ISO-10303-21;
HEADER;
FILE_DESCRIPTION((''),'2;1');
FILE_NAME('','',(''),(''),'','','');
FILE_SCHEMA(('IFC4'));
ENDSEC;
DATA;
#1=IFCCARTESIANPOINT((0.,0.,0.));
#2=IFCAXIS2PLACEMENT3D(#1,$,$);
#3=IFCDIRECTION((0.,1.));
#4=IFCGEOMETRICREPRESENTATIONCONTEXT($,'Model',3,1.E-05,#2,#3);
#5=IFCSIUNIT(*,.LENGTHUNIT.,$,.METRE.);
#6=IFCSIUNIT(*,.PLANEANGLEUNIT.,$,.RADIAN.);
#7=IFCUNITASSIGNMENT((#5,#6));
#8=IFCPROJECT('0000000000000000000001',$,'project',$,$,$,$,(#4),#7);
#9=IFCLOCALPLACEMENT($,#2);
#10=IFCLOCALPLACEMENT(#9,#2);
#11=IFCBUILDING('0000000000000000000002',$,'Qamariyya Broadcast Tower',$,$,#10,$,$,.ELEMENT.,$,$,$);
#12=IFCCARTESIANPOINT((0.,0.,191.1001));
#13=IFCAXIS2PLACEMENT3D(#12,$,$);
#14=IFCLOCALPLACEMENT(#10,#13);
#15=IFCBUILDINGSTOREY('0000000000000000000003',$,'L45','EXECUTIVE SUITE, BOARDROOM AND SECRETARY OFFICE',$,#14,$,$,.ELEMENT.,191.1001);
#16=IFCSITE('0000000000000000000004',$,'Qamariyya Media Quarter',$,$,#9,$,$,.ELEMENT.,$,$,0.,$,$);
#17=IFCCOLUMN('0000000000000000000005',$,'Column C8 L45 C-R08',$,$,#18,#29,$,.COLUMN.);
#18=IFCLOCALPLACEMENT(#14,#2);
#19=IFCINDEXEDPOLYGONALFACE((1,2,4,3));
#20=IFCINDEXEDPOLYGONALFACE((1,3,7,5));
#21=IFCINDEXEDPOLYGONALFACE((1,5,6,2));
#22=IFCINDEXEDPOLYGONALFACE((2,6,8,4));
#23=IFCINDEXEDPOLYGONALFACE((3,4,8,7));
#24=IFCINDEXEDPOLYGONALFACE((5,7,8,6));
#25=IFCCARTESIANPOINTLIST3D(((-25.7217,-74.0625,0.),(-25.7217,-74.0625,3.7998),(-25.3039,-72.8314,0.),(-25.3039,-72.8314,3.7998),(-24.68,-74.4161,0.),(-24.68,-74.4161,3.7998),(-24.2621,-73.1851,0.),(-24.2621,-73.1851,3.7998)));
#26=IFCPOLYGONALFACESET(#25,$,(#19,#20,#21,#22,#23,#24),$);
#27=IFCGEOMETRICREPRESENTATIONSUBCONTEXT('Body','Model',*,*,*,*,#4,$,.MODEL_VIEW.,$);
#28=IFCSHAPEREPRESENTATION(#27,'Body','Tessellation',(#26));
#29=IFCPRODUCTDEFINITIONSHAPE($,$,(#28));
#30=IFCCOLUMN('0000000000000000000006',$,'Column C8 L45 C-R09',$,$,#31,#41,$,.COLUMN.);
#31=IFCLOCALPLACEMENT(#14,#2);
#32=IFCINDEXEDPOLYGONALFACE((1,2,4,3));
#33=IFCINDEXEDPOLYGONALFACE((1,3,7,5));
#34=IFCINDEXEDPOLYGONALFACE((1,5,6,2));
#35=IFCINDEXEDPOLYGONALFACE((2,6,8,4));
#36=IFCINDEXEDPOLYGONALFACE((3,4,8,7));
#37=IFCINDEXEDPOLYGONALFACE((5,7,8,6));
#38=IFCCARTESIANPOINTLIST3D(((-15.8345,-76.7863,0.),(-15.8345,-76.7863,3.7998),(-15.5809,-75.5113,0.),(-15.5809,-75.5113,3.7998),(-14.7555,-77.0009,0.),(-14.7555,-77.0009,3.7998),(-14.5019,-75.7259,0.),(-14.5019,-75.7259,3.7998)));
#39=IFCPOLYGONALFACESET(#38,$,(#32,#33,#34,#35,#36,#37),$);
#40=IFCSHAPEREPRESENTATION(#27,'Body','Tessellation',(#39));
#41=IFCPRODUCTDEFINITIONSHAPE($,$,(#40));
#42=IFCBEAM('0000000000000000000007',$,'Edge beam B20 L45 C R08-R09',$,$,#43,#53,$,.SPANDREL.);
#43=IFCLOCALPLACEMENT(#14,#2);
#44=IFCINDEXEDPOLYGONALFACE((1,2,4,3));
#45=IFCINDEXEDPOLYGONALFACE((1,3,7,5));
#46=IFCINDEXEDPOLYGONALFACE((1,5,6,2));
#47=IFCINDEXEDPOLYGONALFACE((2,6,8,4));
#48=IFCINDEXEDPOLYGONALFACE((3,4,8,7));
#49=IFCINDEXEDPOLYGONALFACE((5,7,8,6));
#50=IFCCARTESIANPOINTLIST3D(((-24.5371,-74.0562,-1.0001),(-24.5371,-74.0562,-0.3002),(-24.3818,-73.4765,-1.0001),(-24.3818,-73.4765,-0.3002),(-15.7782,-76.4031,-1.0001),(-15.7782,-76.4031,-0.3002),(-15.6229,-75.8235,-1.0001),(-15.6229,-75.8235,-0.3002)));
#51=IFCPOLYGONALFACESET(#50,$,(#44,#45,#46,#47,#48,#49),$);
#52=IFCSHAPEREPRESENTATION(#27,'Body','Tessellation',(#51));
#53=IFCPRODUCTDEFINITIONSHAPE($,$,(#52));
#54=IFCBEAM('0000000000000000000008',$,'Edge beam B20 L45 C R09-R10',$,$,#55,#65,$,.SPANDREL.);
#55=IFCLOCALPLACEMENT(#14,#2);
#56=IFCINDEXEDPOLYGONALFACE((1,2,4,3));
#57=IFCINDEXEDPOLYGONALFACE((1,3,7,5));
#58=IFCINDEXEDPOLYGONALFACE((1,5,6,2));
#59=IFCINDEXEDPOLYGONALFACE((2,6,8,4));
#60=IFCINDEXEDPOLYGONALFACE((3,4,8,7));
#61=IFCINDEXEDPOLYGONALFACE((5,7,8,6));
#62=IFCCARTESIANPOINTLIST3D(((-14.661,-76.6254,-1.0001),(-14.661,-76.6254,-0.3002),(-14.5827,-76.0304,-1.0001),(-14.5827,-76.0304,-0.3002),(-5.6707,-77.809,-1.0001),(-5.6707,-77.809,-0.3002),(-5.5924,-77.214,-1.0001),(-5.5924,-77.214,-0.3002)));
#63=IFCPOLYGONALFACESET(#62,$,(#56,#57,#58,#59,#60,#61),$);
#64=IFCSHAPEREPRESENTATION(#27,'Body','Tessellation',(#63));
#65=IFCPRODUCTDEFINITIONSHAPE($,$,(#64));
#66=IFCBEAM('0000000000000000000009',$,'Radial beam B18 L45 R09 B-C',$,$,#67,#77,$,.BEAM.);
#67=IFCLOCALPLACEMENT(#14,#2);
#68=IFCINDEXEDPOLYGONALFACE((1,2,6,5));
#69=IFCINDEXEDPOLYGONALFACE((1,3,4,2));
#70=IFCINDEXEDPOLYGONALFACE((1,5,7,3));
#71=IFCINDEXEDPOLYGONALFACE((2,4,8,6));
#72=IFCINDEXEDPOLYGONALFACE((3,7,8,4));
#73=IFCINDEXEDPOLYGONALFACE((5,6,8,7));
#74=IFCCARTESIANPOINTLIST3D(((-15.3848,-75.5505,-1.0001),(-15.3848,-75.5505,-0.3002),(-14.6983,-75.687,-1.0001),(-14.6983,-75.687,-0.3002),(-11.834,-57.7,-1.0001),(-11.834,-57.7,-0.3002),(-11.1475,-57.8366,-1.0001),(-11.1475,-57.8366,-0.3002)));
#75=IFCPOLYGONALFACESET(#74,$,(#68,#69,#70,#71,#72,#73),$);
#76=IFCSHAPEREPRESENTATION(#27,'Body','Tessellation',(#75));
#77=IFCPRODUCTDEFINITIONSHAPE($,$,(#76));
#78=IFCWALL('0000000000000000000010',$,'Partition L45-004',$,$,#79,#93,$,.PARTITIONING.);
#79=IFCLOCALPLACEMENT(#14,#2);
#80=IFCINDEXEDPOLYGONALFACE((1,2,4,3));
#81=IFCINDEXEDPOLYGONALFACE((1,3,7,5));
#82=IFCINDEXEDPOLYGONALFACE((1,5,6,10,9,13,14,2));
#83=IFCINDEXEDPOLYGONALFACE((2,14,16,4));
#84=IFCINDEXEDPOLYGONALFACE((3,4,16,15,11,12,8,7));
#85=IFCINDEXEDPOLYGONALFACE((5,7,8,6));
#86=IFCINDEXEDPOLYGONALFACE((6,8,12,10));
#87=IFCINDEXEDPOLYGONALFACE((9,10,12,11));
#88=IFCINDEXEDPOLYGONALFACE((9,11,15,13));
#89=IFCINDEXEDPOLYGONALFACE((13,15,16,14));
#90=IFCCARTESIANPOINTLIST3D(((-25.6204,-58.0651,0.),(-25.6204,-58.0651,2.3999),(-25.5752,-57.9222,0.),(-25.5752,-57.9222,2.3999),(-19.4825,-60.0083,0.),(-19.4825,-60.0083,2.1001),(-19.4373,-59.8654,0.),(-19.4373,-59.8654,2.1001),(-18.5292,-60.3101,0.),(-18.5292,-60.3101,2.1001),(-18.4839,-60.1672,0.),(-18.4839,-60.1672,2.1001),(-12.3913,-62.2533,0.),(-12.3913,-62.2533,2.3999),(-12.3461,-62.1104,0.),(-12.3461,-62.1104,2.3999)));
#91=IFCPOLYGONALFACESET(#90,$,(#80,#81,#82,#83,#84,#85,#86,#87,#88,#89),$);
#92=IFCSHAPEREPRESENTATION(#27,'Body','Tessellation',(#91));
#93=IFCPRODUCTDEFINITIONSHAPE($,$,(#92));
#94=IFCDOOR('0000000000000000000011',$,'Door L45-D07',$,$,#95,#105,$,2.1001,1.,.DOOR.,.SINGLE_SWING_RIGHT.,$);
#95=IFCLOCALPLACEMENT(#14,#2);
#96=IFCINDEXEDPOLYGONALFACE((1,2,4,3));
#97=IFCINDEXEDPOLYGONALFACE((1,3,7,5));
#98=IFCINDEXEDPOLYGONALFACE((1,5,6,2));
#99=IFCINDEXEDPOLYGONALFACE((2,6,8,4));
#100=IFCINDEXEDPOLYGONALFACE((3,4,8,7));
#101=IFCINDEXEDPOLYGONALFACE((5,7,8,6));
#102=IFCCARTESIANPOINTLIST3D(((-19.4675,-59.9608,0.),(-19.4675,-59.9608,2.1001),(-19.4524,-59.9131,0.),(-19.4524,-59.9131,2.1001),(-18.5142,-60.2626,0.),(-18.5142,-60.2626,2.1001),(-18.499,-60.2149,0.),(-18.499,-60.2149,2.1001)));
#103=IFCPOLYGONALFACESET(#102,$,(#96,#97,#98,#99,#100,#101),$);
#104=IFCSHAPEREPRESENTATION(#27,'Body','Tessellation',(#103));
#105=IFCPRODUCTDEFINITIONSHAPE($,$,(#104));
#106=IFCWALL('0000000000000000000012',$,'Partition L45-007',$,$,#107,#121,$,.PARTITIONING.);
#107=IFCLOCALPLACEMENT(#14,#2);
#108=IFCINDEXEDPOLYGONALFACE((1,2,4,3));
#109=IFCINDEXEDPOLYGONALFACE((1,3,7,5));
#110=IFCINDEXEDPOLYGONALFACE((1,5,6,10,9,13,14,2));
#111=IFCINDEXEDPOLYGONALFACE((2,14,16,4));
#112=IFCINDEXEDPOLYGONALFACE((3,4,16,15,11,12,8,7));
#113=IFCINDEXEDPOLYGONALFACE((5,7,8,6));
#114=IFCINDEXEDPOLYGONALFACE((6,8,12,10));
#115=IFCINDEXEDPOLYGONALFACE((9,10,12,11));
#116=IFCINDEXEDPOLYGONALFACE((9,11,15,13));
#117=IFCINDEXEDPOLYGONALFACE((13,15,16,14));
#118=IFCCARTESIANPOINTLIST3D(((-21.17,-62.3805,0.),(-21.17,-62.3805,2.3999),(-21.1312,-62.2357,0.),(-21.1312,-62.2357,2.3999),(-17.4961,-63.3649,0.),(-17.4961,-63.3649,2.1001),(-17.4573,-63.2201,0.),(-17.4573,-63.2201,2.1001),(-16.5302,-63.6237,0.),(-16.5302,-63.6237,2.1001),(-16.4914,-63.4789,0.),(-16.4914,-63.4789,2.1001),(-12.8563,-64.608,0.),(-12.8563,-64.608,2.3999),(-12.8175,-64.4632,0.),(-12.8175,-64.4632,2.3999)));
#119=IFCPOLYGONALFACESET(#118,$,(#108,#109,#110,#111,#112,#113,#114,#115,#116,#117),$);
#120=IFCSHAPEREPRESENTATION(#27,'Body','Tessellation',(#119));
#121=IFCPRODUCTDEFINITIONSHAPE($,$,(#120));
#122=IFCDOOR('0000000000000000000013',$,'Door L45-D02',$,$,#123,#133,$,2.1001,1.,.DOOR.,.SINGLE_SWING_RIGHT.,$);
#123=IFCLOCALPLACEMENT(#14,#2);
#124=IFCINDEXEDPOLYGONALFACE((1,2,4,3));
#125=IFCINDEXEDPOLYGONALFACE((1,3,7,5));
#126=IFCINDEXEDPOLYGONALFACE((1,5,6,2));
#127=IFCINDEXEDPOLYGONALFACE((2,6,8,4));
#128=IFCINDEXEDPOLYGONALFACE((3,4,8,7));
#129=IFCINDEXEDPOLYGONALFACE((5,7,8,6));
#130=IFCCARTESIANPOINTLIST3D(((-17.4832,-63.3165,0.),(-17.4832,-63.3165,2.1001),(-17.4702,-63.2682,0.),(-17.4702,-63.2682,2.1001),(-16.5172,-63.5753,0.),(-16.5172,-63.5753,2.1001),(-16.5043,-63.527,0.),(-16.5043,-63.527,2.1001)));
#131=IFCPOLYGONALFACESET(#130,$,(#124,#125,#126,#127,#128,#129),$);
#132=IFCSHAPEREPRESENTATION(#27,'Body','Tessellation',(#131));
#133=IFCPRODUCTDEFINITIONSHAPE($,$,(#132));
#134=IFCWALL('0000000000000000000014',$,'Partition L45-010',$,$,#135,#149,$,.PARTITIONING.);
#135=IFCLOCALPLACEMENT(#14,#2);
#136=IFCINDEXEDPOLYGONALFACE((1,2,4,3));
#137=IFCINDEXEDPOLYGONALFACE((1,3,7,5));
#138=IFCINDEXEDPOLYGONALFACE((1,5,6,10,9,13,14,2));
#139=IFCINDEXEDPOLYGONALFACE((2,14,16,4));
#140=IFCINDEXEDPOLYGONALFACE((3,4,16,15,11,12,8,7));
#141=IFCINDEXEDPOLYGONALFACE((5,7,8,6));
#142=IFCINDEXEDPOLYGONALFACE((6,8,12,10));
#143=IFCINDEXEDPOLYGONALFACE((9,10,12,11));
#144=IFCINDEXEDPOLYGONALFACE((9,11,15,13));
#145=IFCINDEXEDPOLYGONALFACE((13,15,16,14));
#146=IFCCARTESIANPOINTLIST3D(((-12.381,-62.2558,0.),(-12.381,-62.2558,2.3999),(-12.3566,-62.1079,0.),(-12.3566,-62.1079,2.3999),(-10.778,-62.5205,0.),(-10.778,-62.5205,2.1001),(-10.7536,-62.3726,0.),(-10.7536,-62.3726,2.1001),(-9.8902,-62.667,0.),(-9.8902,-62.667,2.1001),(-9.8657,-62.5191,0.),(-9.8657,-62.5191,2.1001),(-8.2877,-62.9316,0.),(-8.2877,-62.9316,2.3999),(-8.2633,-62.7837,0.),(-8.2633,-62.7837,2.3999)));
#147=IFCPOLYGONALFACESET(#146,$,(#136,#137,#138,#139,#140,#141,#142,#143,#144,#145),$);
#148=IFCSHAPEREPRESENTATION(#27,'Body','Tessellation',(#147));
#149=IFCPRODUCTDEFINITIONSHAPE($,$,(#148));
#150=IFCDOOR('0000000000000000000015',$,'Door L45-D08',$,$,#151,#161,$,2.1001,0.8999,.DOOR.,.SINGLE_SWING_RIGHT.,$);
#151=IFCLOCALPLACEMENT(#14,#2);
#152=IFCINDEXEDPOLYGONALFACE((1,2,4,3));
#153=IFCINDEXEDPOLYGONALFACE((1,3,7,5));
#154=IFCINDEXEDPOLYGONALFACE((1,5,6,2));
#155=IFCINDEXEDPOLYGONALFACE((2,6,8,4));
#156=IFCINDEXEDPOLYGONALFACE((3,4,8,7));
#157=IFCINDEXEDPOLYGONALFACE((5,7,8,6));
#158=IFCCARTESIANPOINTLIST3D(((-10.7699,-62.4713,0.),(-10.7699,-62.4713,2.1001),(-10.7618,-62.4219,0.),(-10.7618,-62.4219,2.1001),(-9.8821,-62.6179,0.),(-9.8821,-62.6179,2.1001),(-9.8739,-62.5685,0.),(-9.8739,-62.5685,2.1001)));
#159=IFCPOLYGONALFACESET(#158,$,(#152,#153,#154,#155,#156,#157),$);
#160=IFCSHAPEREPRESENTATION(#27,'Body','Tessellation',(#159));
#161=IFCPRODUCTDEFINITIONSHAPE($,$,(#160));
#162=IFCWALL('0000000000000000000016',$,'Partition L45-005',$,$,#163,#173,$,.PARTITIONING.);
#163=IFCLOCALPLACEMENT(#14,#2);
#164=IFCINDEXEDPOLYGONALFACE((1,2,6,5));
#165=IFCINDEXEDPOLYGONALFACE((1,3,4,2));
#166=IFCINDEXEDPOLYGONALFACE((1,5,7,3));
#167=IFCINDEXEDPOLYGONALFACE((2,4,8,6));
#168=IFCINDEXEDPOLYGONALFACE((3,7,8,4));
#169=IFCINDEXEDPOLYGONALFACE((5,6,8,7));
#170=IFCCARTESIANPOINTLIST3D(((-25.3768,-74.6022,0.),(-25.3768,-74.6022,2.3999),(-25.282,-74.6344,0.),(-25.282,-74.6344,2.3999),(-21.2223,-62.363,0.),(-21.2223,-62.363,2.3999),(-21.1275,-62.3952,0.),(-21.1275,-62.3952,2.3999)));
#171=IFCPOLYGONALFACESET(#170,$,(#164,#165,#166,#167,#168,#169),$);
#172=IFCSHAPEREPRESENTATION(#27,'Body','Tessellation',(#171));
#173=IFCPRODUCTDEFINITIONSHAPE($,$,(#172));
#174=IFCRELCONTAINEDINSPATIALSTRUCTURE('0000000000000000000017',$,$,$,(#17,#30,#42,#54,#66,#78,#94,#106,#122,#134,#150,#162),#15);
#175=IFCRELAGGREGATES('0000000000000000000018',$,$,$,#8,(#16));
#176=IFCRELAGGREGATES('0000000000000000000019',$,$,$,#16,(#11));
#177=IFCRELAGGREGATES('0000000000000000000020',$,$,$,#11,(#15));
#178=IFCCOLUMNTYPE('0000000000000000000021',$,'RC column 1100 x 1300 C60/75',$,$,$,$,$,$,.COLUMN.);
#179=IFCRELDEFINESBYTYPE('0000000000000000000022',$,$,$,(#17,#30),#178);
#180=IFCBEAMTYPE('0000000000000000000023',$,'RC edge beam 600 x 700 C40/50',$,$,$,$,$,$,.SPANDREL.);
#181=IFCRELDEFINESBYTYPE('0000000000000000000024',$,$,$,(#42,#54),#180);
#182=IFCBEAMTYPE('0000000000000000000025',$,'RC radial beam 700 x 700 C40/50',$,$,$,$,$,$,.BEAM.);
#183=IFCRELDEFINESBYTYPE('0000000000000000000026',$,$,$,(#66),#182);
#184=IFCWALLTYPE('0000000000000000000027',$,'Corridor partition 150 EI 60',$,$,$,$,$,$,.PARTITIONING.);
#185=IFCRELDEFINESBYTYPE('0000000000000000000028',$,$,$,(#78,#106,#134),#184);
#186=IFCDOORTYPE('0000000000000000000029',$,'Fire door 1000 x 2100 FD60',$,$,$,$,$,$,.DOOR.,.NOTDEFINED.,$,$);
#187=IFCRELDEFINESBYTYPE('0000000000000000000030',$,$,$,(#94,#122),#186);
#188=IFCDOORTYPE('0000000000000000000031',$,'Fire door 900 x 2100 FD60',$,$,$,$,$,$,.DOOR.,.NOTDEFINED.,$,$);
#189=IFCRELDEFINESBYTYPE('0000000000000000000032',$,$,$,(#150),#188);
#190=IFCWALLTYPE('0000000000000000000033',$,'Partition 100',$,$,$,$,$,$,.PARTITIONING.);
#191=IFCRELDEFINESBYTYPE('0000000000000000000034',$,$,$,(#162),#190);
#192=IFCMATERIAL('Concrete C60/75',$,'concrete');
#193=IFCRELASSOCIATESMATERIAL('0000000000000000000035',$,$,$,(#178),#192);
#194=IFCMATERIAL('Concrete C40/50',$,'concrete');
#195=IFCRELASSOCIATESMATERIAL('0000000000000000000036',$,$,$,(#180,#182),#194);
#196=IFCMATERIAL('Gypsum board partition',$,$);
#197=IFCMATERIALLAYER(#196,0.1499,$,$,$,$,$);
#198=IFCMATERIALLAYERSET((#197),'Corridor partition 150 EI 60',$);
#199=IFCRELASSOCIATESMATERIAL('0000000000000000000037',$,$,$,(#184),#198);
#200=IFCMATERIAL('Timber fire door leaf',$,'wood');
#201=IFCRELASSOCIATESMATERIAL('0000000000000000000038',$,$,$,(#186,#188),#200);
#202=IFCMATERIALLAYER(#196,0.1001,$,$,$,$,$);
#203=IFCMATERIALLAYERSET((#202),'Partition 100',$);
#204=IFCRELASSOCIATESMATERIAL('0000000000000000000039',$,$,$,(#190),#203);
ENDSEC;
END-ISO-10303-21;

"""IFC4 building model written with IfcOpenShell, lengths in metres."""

from ifc_helpers import new_model, si_unit, direction, frame, frame_2d, origin, origin_2d, place, context, subcontext, project, spatial, rectangle, extrude, material, layer, layer_set, material_profile, profile_set, type_object, element, fill, save


model = new_model("IFC4")

# Units and contexts
model_context = context("Model", 3, precision=1e-05, world=origin(), true_north=direction((0.0, 1.0)))
body_context = subcontext(model_context, "Body", "Model", "MODEL_VIEW")
ifc_project = project(units=[si_unit("LENGTHUNIT", "METRE"), si_unit("PLANEANGLEUNIT", "RADIAN")], contexts=[model_context])

# Site, building, storey
site_placement = place(None, origin())
site = spatial("IfcSite", under=ifc_project, at=site_placement, Name="Qamariyya Media Quarter", CompositionType="ELEMENT", RefElevation=0.0)
building_placement = place(site_placement, origin())
building = spatial("IfcBuilding", under=site, at=building_placement, Name="Qamariyya Broadcast Tower", CompositionType="ELEMENT")
storey_placement = place(building_placement, frame((0.0, 0.0, 191.1001)))
storey = spatial("IfcBuildingStorey", under=building, at=storey_placement, Name="L45", Description="EXECUTIVE SUITE, BOARDROOM AND SECRETARY OFFICE", CompositionType="ELEMENT", Elevation=191.1001)

# Columns
ifc_material_1 = material(Name="Concrete C60/75", Category="concrete")
ifc_material_profile_1 = material_profile(ifc_material_1, rectangle(XDim=1.1001, YDim=1.3, at=origin_2d()))
ifc_profile_set_1 = profile_set([ifc_material_profile_1], Name="Concrete C60/75")
column_type = type_object("IfcColumnType", Name="RC column 1100 x 1300 C60/75", PredefinedType="COLUMN", material=ifc_profile_set_1)
for number, where, z_axis, x_axis, name in (
    (1, (-24.9919, -73.6238, 0.0), (0.0, 0.0, 1.0), (0.94693, -0.321439, 0.0), "Column C8 L45 C-R08"),
    (2, (-15.1682, -76.2561, 0.0), (0.0, 0.0, 1.0), (0.980785, -0.19509, 0.0), "Column C8 L45 C-R09"),
):
    element("IfcColumn", number, at=place(storey_placement, frame(where, z_axis=z_axis, x_axis=x_axis)), inside=storey, type_object=column_type, Name=name, PredefinedType="COLUMN", context=body_context, shape_type="SweptSolid", body=[
        extrude(rectangle(XDim=1.1001, YDim=1.3, at=origin_2d()), origin(), (0.0, 0.0, 1.0), 3.7998),
    ])

# Beams
ifc_material_2 = material(Name="Concrete C40/50", Category="concrete")
ifc_material_profile_2 = material_profile(ifc_material_2, rectangle(XDim=0.6001, YDim=0.7, at=origin_2d()))
ifc_profile_set_2 = profile_set([ifc_material_profile_2], Name="Concrete C40/50")
beam_type_1 = type_object("IfcBeamType", Name="RC edge beam 600 x 700 C40/50", PredefinedType="SPANDREL", material=ifc_profile_set_2)
for number, where, z_axis, x_axis, name in (
    (3, (-24.4595, -73.7664, -0.6501), (0.965925, -0.25882, 0.0), (0.25882, 0.965925, 0.0), "Edge beam B20 L45 C R08-R09"),
    (4, (-14.6218, -76.3279, -0.6501), (0.991445, -0.130527, 0.0), (0.130527, 0.991445, 0.0), "Edge beam B20 L45 C R09-R10"),
):
    element("IfcBeam", number, at=place(storey_placement, frame(where, z_axis=z_axis, x_axis=x_axis)), inside=storey, type_object=beam_type_1, Name=name, PredefinedType="SPANDREL", context=body_context, shape_type="SweptSolid", body=[
        extrude(rectangle(XDim=0.6001, YDim=0.7, at=origin_2d()), origin(), (0.0, 0.0, 1.0), 9.0679),
    ])
ifc_material_profile_3 = material_profile(ifc_material_2, rectangle(XDim=0.7, YDim=0.7, at=origin_2d()))
ifc_profile_set_3 = profile_set([ifc_material_profile_3], Name="Concrete C40/50")
beam_type_2 = type_object("IfcBeamType", Name="RC radial beam 700 x 700 C40/50", PredefinedType="BEAM", material=ifc_profile_set_3)
beam_placement = place(storey_placement, frame((-11.4907, -57.7683, -0.6501), z_axis=(-0.195097, -0.980784, 0.0), x_axis=(0.980784, -0.195097, 0.0)))
element("IfcBeam", 5, at=beam_placement, inside=storey, type_object=beam_type_2, Name="Radial beam B18 L45 R09 B-C", PredefinedType="BEAM", context=body_context, shape_type="SweptSolid", body=[
    extrude(rectangle(XDim=0.7, YDim=0.7, at=origin_2d()), origin(), (0.0, 0.0, 1.0), 18.2002),
])

# Walls, openings, doors
ifc_material_3 = material(Name="Gypsum board partition")
ifc_layer_1 = layer(ifc_material_3, 0.1499)
ifc_layer_set_1 = layer_set([ifc_layer_1], Name="Corridor partition 150 EI 60")
wall_type_1 = type_object("IfcWallType", Name="Corridor partition 150 EI 60", PredefinedType="PARTITIONING", material=ifc_layer_set_1)
wall_1_placement = place(storey_placement, frame((-25.5977, -57.9937, 0.0), z_axis=(0.0, 0.0, 1.0), x_axis=(0.953362, -0.301829, 0.0)))
wall_1 = element("IfcWall", 6, at=wall_1_placement, inside=storey, type_object=wall_type_1, Name="Partition L45-004", PredefinedType="PARTITIONING", context=body_context, shape_type="SweptSolid", body=[
    extrude(rectangle(XDim=13.8762, YDim=0.1499, at=frame_2d((6.938, 0.0))), origin(), (0.0, 0.0, 1.0), 2.3999),
])
opening_1_placement = place(wall_1_placement, frame((6.438, 0.0, 0.0)))
opening_1 = element("IfcOpeningElement", 7, at=opening_1_placement, cuts=wall_1, PredefinedType="OPENING", context=body_context, shape_type="SweptSolid", body=[
    extrude(rectangle(XDim=1.0, YDim=2.1001, at=frame_2d((0.5, 1.05))), frame((0.0, 0.085, 0.0), z_axis=(0.0, -1.0, 0.0), x_axis=(1.0, 0.0, 0.0)), (0.0, 0.0, 1.0), 0.1699),
])
ifc_material_4 = material(Name="Timber fire door leaf", Category="wood")
door_type_1 = type_object("IfcDoorType", Name="Fire door 1000 x 2100 FD60", OperationType="NOTDEFINED", PredefinedType="DOOR", material=ifc_material_4)
door_1_placement = place(opening_1_placement, origin())
door_1 = element("IfcDoor", 8, at=door_1_placement, inside=storey, type_object=door_type_1, Name="Door L45-D07", OperationType="SINGLE_SWING_RIGHT", OverallHeight=2.1001, OverallWidth=1.0, PredefinedType="DOOR", context=body_context, shape_type="SweptSolid", body=[
    extrude(rectangle(XDim=1.0, YDim=2.1001, at=frame_2d((0.5, 1.05))), frame((0.0, 0.0249, 0.0), z_axis=(0.0, -1.0, 0.0), x_axis=(1.0, 0.0, 0.0)), (0.0, 0.0, 1.0), 0.05),
])
fill(opening_1, door_1)
wall_2_placement = place(storey_placement, frame((-12.8369, -64.5356, 0.0), z_axis=(0.0, 0.0, 1.0), x_axis=(-0.965929, 0.258807, 0.0)))
wall_2 = element("IfcWall", 9, at=wall_2_placement, inside=storey, type_object=wall_type_1, Name="Partition L45-007", PredefinedType="PARTITIONING", context=body_context, shape_type="SweptSolid", body=[
    extrude(rectangle(XDim=8.6069, YDim=0.1499, at=frame_2d((4.3035, 0.0))), origin(), (0.0, 0.0, 1.0), 2.3999),
])
opening_2_placement = place(wall_2_placement, frame((3.8035, 0.0, 0.0)))
opening_2 = element("IfcOpeningElement", 10, at=opening_2_placement, cuts=wall_2, PredefinedType="OPENING", context=body_context, shape_type="SweptSolid", body=[
    extrude(rectangle(XDim=1.0, YDim=2.1001, at=frame_2d((0.5, 1.05))), frame((0.0, 0.085, 0.0), z_axis=(0.0, -1.0, 0.0), x_axis=(1.0, 0.0, 0.0)), (0.0, 0.0, 1.0), 0.1699),
])
door_2_placement = place(opening_2_placement, origin())
door_2 = element("IfcDoor", 11, at=door_2_placement, inside=storey, type_object=door_type_1, Name="Door L45-D02", OperationType="SINGLE_SWING_RIGHT", OverallHeight=2.1001, OverallWidth=1.0, PredefinedType="DOOR", context=body_context, shape_type="SweptSolid", body=[
    extrude(rectangle(XDim=1.0, YDim=2.1001, at=frame_2d((0.5, 1.05))), frame((0.0, 0.0249, 0.0), z_axis=(0.0, -1.0, 0.0), x_axis=(1.0, 0.0, 0.0)), (0.0, 0.0, 1.0), 0.05),
])
fill(opening_2, door_2)
wall_3_placement = place(storey_placement, frame((-12.3687, -62.1819, 0.0), z_axis=(0.0, 0.0, 1.0), x_axis=(0.986644, -0.162891, 0.0)))
wall_3 = element("IfcWall", 12, at=wall_3_placement, inside=storey, type_object=wall_type_1, Name="Partition L45-010", PredefinedType="PARTITIONING", context=body_context, shape_type="SweptSolid", body=[
    extrude(rectangle(XDim=4.1487, YDim=0.1499, at=frame_2d((2.0742, 0.0))), origin(), (0.0, 0.0, 1.0), 2.3999),
])
opening_3_placement = place(wall_3_placement, frame((1.6245, 0.0, 0.0)))
opening_3 = element("IfcOpeningElement", 13, at=opening_3_placement, cuts=wall_3, PredefinedType="OPENING", context=body_context, shape_type="SweptSolid", body=[
    extrude(rectangle(XDim=0.8999, YDim=2.1001, at=frame_2d((0.45, 1.05))), frame((0.0, 0.085, 0.0), z_axis=(0.0, -1.0, 0.0), x_axis=(1.0, 0.0, 0.0)), (0.0, 0.0, 1.0), 0.1699),
])
door_type_2 = type_object("IfcDoorType", Name="Fire door 900 x 2100 FD60", OperationType="NOTDEFINED", PredefinedType="DOOR", material=ifc_material_4)
door_3_placement = place(opening_3_placement, origin())
door_3 = element("IfcDoor", 14, at=door_3_placement, inside=storey, type_object=door_type_2, Name="Door L45-D08", OperationType="SINGLE_SWING_RIGHT", OverallHeight=2.1001, OverallWidth=0.8999, PredefinedType="DOOR", context=body_context, shape_type="SweptSolid", body=[
    extrude(rectangle(XDim=0.8999, YDim=2.1001, at=frame_2d((0.45, 1.05))), frame((0.0, 0.0249, 0.0), z_axis=(0.0, -1.0, 0.0), x_axis=(1.0, 0.0, 0.0)), (0.0, 0.0, 1.0), 0.05),
])
fill(opening_3, door_3)

# Wall
ifc_layer_2 = layer(ifc_material_3, 0.1001)
ifc_layer_set_2 = layer_set([ifc_layer_2], Name="Partition 100")
wall_type_2 = type_object("IfcWallType", Name="Partition 100", PredefinedType="PARTITIONING", material=ifc_layer_set_2)
for number, where, z_axis, x_axis, name in (
    (15, (-25.3293, -74.6182, 0.0), (0.0, 0.0, 1.0), (0.321431, 0.946933, 0.0), "Partition L45-005"),
):
    element("IfcWall", number, at=place(storey_placement, frame(where, z_axis=z_axis, x_axis=x_axis)), inside=storey, type_object=wall_type_2, Name=name, PredefinedType="PARTITIONING", context=body_context, shape_type="SweptSolid", body=[
        extrude(rectangle(XDim=12.925, YDim=0.1001, at=frame_2d((6.4624, 0.0))), origin(), (0.0, 0.0, 1.0), 2.3999),
    ])

save(model, "model.ifc")
